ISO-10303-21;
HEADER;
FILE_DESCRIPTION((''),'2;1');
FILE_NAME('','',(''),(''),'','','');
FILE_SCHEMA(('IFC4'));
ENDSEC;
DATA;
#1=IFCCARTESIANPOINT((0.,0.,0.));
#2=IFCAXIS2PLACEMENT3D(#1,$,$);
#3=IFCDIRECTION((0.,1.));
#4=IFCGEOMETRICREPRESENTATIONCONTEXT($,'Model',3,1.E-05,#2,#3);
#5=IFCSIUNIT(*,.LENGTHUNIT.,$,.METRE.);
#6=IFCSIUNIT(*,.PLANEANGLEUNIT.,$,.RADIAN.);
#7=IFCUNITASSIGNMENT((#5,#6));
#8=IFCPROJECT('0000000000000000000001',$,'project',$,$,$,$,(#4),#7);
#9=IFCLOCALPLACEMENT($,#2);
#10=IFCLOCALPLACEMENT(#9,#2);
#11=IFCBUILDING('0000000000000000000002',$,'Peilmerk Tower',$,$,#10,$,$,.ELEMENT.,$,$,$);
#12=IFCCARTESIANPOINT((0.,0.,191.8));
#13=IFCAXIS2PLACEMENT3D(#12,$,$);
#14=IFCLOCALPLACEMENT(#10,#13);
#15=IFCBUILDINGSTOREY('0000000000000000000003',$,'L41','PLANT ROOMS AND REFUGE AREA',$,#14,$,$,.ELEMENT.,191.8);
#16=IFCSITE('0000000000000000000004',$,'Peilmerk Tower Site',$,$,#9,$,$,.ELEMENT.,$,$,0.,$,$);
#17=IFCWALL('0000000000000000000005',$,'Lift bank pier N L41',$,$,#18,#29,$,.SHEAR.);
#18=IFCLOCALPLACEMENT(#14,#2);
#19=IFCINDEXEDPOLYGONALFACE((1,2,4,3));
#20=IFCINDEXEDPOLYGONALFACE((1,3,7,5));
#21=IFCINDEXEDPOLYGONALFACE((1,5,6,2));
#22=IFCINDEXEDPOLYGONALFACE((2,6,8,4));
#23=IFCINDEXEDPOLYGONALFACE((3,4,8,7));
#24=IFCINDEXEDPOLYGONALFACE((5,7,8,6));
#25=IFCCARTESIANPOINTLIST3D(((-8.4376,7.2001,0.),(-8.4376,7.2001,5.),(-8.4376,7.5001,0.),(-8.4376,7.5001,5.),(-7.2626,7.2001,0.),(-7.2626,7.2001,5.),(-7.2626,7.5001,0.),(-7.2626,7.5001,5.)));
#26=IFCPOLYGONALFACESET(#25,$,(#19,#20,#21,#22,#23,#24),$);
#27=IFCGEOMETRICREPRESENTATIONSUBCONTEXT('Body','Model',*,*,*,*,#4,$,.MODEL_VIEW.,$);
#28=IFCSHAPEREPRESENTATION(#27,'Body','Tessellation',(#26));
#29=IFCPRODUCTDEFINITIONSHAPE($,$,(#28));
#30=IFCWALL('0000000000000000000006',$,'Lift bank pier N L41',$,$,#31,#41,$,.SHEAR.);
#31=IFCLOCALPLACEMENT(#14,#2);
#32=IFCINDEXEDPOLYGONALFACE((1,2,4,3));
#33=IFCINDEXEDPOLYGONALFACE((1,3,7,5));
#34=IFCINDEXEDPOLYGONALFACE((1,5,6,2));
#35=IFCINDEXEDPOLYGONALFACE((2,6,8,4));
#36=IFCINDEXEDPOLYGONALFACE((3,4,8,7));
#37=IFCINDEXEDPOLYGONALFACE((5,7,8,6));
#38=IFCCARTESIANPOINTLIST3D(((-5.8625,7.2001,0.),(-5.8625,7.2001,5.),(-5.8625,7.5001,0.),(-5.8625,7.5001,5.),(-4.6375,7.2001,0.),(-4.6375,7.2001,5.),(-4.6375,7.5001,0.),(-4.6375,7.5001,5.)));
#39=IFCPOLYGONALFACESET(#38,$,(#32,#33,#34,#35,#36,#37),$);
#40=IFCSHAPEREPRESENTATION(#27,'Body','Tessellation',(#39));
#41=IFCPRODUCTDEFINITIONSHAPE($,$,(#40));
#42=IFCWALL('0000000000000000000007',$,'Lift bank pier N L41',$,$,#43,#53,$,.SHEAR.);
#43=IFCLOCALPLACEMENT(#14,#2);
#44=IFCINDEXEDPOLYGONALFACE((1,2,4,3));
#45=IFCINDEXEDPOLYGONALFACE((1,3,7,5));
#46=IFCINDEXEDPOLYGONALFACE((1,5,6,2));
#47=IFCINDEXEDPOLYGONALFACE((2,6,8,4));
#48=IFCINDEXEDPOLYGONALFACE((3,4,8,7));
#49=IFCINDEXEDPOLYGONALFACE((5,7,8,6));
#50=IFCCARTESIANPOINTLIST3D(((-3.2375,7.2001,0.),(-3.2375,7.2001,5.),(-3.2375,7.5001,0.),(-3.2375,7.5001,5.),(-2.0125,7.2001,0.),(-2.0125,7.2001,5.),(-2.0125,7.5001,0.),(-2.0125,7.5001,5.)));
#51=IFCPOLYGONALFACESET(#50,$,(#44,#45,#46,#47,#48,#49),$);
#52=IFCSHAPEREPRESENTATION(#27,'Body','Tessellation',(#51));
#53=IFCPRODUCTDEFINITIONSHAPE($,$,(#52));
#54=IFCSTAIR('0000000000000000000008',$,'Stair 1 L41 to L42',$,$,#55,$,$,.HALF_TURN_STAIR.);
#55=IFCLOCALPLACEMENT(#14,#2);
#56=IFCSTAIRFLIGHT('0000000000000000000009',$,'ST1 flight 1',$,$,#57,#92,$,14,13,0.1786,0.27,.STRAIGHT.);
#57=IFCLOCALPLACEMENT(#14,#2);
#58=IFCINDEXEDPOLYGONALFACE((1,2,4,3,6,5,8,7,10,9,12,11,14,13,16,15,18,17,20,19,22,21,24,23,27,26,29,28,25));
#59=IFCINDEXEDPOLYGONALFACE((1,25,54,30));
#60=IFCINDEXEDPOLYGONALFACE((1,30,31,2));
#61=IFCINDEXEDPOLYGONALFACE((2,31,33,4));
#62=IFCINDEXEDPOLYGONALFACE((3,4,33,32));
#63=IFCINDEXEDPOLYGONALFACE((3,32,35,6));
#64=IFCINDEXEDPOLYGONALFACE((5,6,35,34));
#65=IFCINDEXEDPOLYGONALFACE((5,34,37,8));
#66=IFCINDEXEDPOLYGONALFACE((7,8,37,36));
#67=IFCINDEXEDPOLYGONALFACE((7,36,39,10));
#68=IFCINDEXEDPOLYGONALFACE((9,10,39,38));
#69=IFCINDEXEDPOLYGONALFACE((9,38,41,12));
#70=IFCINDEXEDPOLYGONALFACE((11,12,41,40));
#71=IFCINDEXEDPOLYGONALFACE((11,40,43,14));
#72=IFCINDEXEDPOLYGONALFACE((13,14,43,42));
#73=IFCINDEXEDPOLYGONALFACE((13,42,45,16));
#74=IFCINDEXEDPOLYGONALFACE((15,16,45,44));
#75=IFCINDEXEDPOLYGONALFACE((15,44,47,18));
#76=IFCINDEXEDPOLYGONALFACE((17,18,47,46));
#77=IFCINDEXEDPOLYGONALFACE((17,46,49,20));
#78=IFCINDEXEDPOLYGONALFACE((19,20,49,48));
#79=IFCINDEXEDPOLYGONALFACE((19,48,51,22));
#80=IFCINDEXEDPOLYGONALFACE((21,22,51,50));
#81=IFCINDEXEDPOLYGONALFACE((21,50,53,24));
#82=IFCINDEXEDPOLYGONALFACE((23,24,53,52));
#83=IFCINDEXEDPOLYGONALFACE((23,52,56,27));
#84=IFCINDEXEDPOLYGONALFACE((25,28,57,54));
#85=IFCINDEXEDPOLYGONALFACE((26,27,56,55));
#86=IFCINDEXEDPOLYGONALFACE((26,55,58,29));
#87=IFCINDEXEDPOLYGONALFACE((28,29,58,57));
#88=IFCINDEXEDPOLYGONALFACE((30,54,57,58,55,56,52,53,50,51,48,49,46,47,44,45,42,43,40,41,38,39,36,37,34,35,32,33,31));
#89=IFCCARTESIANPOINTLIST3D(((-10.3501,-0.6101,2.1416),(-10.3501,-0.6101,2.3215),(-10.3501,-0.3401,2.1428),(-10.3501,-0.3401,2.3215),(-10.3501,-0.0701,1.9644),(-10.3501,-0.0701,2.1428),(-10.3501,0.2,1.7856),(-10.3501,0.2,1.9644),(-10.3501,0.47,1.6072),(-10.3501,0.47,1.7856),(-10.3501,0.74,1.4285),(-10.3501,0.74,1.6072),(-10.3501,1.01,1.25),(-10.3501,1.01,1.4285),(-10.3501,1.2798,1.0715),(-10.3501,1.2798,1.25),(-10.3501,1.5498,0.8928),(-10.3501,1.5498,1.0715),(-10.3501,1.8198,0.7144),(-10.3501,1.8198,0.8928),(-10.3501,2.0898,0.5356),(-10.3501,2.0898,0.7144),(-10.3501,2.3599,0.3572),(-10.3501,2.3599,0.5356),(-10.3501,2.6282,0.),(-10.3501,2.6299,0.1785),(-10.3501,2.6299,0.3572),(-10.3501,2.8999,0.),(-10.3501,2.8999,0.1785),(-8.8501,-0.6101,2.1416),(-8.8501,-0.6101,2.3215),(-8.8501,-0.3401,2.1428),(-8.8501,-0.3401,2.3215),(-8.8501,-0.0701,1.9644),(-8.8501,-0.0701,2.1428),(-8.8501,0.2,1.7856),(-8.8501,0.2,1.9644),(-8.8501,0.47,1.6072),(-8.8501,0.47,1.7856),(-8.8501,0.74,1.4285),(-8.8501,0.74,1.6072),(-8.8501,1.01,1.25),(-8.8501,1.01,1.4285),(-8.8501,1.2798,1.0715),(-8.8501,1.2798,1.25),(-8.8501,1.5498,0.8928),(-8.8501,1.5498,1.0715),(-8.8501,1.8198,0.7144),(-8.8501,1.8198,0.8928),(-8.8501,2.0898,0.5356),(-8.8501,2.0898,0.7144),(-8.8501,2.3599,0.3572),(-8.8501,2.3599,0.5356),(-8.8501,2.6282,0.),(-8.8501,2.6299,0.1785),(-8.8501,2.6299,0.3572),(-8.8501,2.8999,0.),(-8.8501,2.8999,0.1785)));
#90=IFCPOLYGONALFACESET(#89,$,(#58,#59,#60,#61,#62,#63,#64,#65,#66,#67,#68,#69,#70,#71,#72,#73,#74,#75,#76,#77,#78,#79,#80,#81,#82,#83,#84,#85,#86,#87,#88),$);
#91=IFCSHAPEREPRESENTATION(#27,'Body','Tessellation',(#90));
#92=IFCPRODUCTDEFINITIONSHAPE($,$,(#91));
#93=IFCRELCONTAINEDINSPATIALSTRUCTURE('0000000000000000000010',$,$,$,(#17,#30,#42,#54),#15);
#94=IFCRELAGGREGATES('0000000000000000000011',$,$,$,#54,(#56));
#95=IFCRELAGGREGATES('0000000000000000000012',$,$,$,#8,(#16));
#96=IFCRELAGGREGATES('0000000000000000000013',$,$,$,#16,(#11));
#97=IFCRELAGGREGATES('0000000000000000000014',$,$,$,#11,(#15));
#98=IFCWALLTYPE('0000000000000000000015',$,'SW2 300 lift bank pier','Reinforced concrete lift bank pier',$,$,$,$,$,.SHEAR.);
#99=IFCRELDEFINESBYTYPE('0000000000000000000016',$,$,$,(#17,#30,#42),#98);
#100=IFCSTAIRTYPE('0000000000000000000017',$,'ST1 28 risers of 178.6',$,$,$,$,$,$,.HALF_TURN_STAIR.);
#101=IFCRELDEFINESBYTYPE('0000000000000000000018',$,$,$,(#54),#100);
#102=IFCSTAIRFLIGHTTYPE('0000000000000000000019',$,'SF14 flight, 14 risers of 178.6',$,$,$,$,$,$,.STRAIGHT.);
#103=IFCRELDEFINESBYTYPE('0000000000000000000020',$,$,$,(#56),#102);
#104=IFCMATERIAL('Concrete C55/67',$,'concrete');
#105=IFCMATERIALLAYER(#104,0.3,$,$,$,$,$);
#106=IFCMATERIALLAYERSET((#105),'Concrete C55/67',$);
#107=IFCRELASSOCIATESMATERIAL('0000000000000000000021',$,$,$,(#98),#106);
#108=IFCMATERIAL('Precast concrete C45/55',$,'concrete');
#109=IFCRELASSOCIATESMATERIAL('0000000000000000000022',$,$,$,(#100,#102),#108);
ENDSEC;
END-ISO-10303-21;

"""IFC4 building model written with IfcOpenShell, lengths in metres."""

from ifc_helpers import new_model, si_unit, direction, frame, frame_2d, origin, place, context, subcontext, project, spatial, polyline, rectangle, outline, extrude, material, layer, layer_set, type_object, element, aggregate, save


model = new_model("IFC4")

# Units and contexts
model_context = context("Model", 3, precision=1e-05, world=origin(), true_north=direction((0.0, 1.0)))
body_context = subcontext(model_context, "Body", "Model", "MODEL_VIEW")
ifc_project = project(units=[si_unit("LENGTHUNIT", "METRE"), si_unit("PLANEANGLEUNIT", "RADIAN")], contexts=[model_context])

# Site, building, storey
site_placement = place(None, origin())
site = spatial("IfcSite", under=ifc_project, at=site_placement, Name="Peilmerk Tower Site", CompositionType="ELEMENT", RefElevation=0.0)
building_placement = place(site_placement, origin())
building = spatial("IfcBuilding", under=site, at=building_placement, Name="Peilmerk Tower", CompositionType="ELEMENT")
storey_placement = place(building_placement, frame((0.0, 0.0, 191.8)))
storey = spatial("IfcBuildingStorey", under=building, at=storey_placement, Name="L41", Description="PLANT ROOMS AND REFUGE AREA", CompositionType="ELEMENT", Elevation=191.8)

# Shared definitions
ifc_material_1 = material(Name="Concrete C55/67", Category="concrete")

# Walls
ifc_layer_1 = layer(ifc_material_1, 0.3)
ifc_layer_set_1 = layer_set([ifc_layer_1], Name="Concrete C55/67")
wall_type_1 = type_object("IfcWallType", Name="SW2 300 lift bank pier", Description="Reinforced concrete lift bank pier", PredefinedType="SHEAR", material=ifc_layer_set_1)
wall_1_placement = place(storey_placement, frame((-8.4375, 7.3501, 0.0), z_axis=(0.0, 0.0, 1.0), x_axis=(1.0, 0.0, 0.0)))
element("IfcWall", 1, at=wall_1_placement, inside=storey, type_object=wall_type_1, Name="Lift bank pier N L41", PredefinedType="SHEAR", context=body_context, shape_type="SweptSolid", body=[
    extrude(rectangle(XDim=1.175, YDim=0.3, at=frame_2d((0.5874, 0.0))), origin(), (0.0, 0.0, 1.0), 5.0),
])
for number, where, z_axis, x_axis, name in (
    (2, (-5.8625, 7.3501, 0.0), (0.0, 0.0, 1.0), (1.0, 0.0, 0.0), "Lift bank pier N L41"),
    (3, (-3.2375, 7.3501, 0.0), (0.0, 0.0, 1.0), (1.0, 0.0, 0.0), "Lift bank pier N L41"),
):
    element("IfcWall", number, at=place(storey_placement, frame(where, z_axis=z_axis, x_axis=x_axis)), inside=storey, type_object=wall_type_1, Name=name, PredefinedType="SHEAR", context=body_context, shape_type="SweptSolid", body=[
        extrude(rectangle(XDim=1.2251, YDim=0.3, at=frame_2d((0.6125, 0.0))), origin(), (0.0, 0.0, 1.0), 5.0),
    ])

# Stair, stair flight
ifc_material_2 = material(Name="Precast concrete C45/55", Category="concrete")
stair_type = type_object("IfcStairType", Name="ST1 28 risers of 178.6", PredefinedType="HALF_TURN_STAIR", material=ifc_material_2)
stair_placement = place(storey_placement, origin())
stair = element("IfcStair", 4, at=stair_placement, inside=storey, type_object=stair_type, Name="Stair 1 L41 to L42", PredefinedType="HALF_TURN_STAIR")
stair_flight_type = type_object("IfcStairFlightType", Name="SF14 flight, 14 risers of 178.6", PredefinedType="STRAIGHT", material=ifc_material_2)
stair_flight_placement = place(storey_placement, frame((-9.6001, 2.8999, 0.0), z_axis=(0.0, 0.0, 1.0), x_axis=(0.0, -1.0, 0.0)))
stair_flight = element("IfcStairFlight", 5, at=stair_flight_placement, type_object=stair_flight_type, Name="ST1 flight 1", NumberOfRisers=14, NumberOfTreads=13, PredefinedType="STRAIGHT", RiserHeight=0.1786, TreadLength=0.27, context=body_context, shape_type="SweptSolid", body=[
    extrude(outline(polyline([(0.0, 0.0), (0.0, 0.1785), (0.27, 0.1785), (0.27, 0.3572), (0.54, 0.3572), (0.54, 0.5356), (0.8101, 0.5356), (0.8101, 0.7144), (1.0801, 0.7144), (1.0801, 0.8928), (1.3501, 0.8928), (1.3501, 1.0715), (1.6201, 1.0715), (1.6201, 1.25), (1.8899, 1.25), (1.8899, 1.4285), (2.1599, 1.4285), (2.1599, 1.6072), (2.4299, 1.6072), (2.4299, 1.7856), (2.7, 1.7856), (2.7, 1.9644), (2.97, 1.9644), (2.97, 2.1428), (3.24, 2.1428), (3.24, 2.3215), (3.51, 2.3215), (3.51, 2.5), (3.51, 2.1416), (0.2717, 0.0), (0.0, 0.0)])), frame((0.0, 0.75, 0.0), z_axis=(0.0, -1.0, 0.0), x_axis=(1.0, 0.0, 0.0)), (0.0, 0.0, 1.0), 1.5),
])
aggregate(stair, [stair_flight])

save(model, "model.ifc")
